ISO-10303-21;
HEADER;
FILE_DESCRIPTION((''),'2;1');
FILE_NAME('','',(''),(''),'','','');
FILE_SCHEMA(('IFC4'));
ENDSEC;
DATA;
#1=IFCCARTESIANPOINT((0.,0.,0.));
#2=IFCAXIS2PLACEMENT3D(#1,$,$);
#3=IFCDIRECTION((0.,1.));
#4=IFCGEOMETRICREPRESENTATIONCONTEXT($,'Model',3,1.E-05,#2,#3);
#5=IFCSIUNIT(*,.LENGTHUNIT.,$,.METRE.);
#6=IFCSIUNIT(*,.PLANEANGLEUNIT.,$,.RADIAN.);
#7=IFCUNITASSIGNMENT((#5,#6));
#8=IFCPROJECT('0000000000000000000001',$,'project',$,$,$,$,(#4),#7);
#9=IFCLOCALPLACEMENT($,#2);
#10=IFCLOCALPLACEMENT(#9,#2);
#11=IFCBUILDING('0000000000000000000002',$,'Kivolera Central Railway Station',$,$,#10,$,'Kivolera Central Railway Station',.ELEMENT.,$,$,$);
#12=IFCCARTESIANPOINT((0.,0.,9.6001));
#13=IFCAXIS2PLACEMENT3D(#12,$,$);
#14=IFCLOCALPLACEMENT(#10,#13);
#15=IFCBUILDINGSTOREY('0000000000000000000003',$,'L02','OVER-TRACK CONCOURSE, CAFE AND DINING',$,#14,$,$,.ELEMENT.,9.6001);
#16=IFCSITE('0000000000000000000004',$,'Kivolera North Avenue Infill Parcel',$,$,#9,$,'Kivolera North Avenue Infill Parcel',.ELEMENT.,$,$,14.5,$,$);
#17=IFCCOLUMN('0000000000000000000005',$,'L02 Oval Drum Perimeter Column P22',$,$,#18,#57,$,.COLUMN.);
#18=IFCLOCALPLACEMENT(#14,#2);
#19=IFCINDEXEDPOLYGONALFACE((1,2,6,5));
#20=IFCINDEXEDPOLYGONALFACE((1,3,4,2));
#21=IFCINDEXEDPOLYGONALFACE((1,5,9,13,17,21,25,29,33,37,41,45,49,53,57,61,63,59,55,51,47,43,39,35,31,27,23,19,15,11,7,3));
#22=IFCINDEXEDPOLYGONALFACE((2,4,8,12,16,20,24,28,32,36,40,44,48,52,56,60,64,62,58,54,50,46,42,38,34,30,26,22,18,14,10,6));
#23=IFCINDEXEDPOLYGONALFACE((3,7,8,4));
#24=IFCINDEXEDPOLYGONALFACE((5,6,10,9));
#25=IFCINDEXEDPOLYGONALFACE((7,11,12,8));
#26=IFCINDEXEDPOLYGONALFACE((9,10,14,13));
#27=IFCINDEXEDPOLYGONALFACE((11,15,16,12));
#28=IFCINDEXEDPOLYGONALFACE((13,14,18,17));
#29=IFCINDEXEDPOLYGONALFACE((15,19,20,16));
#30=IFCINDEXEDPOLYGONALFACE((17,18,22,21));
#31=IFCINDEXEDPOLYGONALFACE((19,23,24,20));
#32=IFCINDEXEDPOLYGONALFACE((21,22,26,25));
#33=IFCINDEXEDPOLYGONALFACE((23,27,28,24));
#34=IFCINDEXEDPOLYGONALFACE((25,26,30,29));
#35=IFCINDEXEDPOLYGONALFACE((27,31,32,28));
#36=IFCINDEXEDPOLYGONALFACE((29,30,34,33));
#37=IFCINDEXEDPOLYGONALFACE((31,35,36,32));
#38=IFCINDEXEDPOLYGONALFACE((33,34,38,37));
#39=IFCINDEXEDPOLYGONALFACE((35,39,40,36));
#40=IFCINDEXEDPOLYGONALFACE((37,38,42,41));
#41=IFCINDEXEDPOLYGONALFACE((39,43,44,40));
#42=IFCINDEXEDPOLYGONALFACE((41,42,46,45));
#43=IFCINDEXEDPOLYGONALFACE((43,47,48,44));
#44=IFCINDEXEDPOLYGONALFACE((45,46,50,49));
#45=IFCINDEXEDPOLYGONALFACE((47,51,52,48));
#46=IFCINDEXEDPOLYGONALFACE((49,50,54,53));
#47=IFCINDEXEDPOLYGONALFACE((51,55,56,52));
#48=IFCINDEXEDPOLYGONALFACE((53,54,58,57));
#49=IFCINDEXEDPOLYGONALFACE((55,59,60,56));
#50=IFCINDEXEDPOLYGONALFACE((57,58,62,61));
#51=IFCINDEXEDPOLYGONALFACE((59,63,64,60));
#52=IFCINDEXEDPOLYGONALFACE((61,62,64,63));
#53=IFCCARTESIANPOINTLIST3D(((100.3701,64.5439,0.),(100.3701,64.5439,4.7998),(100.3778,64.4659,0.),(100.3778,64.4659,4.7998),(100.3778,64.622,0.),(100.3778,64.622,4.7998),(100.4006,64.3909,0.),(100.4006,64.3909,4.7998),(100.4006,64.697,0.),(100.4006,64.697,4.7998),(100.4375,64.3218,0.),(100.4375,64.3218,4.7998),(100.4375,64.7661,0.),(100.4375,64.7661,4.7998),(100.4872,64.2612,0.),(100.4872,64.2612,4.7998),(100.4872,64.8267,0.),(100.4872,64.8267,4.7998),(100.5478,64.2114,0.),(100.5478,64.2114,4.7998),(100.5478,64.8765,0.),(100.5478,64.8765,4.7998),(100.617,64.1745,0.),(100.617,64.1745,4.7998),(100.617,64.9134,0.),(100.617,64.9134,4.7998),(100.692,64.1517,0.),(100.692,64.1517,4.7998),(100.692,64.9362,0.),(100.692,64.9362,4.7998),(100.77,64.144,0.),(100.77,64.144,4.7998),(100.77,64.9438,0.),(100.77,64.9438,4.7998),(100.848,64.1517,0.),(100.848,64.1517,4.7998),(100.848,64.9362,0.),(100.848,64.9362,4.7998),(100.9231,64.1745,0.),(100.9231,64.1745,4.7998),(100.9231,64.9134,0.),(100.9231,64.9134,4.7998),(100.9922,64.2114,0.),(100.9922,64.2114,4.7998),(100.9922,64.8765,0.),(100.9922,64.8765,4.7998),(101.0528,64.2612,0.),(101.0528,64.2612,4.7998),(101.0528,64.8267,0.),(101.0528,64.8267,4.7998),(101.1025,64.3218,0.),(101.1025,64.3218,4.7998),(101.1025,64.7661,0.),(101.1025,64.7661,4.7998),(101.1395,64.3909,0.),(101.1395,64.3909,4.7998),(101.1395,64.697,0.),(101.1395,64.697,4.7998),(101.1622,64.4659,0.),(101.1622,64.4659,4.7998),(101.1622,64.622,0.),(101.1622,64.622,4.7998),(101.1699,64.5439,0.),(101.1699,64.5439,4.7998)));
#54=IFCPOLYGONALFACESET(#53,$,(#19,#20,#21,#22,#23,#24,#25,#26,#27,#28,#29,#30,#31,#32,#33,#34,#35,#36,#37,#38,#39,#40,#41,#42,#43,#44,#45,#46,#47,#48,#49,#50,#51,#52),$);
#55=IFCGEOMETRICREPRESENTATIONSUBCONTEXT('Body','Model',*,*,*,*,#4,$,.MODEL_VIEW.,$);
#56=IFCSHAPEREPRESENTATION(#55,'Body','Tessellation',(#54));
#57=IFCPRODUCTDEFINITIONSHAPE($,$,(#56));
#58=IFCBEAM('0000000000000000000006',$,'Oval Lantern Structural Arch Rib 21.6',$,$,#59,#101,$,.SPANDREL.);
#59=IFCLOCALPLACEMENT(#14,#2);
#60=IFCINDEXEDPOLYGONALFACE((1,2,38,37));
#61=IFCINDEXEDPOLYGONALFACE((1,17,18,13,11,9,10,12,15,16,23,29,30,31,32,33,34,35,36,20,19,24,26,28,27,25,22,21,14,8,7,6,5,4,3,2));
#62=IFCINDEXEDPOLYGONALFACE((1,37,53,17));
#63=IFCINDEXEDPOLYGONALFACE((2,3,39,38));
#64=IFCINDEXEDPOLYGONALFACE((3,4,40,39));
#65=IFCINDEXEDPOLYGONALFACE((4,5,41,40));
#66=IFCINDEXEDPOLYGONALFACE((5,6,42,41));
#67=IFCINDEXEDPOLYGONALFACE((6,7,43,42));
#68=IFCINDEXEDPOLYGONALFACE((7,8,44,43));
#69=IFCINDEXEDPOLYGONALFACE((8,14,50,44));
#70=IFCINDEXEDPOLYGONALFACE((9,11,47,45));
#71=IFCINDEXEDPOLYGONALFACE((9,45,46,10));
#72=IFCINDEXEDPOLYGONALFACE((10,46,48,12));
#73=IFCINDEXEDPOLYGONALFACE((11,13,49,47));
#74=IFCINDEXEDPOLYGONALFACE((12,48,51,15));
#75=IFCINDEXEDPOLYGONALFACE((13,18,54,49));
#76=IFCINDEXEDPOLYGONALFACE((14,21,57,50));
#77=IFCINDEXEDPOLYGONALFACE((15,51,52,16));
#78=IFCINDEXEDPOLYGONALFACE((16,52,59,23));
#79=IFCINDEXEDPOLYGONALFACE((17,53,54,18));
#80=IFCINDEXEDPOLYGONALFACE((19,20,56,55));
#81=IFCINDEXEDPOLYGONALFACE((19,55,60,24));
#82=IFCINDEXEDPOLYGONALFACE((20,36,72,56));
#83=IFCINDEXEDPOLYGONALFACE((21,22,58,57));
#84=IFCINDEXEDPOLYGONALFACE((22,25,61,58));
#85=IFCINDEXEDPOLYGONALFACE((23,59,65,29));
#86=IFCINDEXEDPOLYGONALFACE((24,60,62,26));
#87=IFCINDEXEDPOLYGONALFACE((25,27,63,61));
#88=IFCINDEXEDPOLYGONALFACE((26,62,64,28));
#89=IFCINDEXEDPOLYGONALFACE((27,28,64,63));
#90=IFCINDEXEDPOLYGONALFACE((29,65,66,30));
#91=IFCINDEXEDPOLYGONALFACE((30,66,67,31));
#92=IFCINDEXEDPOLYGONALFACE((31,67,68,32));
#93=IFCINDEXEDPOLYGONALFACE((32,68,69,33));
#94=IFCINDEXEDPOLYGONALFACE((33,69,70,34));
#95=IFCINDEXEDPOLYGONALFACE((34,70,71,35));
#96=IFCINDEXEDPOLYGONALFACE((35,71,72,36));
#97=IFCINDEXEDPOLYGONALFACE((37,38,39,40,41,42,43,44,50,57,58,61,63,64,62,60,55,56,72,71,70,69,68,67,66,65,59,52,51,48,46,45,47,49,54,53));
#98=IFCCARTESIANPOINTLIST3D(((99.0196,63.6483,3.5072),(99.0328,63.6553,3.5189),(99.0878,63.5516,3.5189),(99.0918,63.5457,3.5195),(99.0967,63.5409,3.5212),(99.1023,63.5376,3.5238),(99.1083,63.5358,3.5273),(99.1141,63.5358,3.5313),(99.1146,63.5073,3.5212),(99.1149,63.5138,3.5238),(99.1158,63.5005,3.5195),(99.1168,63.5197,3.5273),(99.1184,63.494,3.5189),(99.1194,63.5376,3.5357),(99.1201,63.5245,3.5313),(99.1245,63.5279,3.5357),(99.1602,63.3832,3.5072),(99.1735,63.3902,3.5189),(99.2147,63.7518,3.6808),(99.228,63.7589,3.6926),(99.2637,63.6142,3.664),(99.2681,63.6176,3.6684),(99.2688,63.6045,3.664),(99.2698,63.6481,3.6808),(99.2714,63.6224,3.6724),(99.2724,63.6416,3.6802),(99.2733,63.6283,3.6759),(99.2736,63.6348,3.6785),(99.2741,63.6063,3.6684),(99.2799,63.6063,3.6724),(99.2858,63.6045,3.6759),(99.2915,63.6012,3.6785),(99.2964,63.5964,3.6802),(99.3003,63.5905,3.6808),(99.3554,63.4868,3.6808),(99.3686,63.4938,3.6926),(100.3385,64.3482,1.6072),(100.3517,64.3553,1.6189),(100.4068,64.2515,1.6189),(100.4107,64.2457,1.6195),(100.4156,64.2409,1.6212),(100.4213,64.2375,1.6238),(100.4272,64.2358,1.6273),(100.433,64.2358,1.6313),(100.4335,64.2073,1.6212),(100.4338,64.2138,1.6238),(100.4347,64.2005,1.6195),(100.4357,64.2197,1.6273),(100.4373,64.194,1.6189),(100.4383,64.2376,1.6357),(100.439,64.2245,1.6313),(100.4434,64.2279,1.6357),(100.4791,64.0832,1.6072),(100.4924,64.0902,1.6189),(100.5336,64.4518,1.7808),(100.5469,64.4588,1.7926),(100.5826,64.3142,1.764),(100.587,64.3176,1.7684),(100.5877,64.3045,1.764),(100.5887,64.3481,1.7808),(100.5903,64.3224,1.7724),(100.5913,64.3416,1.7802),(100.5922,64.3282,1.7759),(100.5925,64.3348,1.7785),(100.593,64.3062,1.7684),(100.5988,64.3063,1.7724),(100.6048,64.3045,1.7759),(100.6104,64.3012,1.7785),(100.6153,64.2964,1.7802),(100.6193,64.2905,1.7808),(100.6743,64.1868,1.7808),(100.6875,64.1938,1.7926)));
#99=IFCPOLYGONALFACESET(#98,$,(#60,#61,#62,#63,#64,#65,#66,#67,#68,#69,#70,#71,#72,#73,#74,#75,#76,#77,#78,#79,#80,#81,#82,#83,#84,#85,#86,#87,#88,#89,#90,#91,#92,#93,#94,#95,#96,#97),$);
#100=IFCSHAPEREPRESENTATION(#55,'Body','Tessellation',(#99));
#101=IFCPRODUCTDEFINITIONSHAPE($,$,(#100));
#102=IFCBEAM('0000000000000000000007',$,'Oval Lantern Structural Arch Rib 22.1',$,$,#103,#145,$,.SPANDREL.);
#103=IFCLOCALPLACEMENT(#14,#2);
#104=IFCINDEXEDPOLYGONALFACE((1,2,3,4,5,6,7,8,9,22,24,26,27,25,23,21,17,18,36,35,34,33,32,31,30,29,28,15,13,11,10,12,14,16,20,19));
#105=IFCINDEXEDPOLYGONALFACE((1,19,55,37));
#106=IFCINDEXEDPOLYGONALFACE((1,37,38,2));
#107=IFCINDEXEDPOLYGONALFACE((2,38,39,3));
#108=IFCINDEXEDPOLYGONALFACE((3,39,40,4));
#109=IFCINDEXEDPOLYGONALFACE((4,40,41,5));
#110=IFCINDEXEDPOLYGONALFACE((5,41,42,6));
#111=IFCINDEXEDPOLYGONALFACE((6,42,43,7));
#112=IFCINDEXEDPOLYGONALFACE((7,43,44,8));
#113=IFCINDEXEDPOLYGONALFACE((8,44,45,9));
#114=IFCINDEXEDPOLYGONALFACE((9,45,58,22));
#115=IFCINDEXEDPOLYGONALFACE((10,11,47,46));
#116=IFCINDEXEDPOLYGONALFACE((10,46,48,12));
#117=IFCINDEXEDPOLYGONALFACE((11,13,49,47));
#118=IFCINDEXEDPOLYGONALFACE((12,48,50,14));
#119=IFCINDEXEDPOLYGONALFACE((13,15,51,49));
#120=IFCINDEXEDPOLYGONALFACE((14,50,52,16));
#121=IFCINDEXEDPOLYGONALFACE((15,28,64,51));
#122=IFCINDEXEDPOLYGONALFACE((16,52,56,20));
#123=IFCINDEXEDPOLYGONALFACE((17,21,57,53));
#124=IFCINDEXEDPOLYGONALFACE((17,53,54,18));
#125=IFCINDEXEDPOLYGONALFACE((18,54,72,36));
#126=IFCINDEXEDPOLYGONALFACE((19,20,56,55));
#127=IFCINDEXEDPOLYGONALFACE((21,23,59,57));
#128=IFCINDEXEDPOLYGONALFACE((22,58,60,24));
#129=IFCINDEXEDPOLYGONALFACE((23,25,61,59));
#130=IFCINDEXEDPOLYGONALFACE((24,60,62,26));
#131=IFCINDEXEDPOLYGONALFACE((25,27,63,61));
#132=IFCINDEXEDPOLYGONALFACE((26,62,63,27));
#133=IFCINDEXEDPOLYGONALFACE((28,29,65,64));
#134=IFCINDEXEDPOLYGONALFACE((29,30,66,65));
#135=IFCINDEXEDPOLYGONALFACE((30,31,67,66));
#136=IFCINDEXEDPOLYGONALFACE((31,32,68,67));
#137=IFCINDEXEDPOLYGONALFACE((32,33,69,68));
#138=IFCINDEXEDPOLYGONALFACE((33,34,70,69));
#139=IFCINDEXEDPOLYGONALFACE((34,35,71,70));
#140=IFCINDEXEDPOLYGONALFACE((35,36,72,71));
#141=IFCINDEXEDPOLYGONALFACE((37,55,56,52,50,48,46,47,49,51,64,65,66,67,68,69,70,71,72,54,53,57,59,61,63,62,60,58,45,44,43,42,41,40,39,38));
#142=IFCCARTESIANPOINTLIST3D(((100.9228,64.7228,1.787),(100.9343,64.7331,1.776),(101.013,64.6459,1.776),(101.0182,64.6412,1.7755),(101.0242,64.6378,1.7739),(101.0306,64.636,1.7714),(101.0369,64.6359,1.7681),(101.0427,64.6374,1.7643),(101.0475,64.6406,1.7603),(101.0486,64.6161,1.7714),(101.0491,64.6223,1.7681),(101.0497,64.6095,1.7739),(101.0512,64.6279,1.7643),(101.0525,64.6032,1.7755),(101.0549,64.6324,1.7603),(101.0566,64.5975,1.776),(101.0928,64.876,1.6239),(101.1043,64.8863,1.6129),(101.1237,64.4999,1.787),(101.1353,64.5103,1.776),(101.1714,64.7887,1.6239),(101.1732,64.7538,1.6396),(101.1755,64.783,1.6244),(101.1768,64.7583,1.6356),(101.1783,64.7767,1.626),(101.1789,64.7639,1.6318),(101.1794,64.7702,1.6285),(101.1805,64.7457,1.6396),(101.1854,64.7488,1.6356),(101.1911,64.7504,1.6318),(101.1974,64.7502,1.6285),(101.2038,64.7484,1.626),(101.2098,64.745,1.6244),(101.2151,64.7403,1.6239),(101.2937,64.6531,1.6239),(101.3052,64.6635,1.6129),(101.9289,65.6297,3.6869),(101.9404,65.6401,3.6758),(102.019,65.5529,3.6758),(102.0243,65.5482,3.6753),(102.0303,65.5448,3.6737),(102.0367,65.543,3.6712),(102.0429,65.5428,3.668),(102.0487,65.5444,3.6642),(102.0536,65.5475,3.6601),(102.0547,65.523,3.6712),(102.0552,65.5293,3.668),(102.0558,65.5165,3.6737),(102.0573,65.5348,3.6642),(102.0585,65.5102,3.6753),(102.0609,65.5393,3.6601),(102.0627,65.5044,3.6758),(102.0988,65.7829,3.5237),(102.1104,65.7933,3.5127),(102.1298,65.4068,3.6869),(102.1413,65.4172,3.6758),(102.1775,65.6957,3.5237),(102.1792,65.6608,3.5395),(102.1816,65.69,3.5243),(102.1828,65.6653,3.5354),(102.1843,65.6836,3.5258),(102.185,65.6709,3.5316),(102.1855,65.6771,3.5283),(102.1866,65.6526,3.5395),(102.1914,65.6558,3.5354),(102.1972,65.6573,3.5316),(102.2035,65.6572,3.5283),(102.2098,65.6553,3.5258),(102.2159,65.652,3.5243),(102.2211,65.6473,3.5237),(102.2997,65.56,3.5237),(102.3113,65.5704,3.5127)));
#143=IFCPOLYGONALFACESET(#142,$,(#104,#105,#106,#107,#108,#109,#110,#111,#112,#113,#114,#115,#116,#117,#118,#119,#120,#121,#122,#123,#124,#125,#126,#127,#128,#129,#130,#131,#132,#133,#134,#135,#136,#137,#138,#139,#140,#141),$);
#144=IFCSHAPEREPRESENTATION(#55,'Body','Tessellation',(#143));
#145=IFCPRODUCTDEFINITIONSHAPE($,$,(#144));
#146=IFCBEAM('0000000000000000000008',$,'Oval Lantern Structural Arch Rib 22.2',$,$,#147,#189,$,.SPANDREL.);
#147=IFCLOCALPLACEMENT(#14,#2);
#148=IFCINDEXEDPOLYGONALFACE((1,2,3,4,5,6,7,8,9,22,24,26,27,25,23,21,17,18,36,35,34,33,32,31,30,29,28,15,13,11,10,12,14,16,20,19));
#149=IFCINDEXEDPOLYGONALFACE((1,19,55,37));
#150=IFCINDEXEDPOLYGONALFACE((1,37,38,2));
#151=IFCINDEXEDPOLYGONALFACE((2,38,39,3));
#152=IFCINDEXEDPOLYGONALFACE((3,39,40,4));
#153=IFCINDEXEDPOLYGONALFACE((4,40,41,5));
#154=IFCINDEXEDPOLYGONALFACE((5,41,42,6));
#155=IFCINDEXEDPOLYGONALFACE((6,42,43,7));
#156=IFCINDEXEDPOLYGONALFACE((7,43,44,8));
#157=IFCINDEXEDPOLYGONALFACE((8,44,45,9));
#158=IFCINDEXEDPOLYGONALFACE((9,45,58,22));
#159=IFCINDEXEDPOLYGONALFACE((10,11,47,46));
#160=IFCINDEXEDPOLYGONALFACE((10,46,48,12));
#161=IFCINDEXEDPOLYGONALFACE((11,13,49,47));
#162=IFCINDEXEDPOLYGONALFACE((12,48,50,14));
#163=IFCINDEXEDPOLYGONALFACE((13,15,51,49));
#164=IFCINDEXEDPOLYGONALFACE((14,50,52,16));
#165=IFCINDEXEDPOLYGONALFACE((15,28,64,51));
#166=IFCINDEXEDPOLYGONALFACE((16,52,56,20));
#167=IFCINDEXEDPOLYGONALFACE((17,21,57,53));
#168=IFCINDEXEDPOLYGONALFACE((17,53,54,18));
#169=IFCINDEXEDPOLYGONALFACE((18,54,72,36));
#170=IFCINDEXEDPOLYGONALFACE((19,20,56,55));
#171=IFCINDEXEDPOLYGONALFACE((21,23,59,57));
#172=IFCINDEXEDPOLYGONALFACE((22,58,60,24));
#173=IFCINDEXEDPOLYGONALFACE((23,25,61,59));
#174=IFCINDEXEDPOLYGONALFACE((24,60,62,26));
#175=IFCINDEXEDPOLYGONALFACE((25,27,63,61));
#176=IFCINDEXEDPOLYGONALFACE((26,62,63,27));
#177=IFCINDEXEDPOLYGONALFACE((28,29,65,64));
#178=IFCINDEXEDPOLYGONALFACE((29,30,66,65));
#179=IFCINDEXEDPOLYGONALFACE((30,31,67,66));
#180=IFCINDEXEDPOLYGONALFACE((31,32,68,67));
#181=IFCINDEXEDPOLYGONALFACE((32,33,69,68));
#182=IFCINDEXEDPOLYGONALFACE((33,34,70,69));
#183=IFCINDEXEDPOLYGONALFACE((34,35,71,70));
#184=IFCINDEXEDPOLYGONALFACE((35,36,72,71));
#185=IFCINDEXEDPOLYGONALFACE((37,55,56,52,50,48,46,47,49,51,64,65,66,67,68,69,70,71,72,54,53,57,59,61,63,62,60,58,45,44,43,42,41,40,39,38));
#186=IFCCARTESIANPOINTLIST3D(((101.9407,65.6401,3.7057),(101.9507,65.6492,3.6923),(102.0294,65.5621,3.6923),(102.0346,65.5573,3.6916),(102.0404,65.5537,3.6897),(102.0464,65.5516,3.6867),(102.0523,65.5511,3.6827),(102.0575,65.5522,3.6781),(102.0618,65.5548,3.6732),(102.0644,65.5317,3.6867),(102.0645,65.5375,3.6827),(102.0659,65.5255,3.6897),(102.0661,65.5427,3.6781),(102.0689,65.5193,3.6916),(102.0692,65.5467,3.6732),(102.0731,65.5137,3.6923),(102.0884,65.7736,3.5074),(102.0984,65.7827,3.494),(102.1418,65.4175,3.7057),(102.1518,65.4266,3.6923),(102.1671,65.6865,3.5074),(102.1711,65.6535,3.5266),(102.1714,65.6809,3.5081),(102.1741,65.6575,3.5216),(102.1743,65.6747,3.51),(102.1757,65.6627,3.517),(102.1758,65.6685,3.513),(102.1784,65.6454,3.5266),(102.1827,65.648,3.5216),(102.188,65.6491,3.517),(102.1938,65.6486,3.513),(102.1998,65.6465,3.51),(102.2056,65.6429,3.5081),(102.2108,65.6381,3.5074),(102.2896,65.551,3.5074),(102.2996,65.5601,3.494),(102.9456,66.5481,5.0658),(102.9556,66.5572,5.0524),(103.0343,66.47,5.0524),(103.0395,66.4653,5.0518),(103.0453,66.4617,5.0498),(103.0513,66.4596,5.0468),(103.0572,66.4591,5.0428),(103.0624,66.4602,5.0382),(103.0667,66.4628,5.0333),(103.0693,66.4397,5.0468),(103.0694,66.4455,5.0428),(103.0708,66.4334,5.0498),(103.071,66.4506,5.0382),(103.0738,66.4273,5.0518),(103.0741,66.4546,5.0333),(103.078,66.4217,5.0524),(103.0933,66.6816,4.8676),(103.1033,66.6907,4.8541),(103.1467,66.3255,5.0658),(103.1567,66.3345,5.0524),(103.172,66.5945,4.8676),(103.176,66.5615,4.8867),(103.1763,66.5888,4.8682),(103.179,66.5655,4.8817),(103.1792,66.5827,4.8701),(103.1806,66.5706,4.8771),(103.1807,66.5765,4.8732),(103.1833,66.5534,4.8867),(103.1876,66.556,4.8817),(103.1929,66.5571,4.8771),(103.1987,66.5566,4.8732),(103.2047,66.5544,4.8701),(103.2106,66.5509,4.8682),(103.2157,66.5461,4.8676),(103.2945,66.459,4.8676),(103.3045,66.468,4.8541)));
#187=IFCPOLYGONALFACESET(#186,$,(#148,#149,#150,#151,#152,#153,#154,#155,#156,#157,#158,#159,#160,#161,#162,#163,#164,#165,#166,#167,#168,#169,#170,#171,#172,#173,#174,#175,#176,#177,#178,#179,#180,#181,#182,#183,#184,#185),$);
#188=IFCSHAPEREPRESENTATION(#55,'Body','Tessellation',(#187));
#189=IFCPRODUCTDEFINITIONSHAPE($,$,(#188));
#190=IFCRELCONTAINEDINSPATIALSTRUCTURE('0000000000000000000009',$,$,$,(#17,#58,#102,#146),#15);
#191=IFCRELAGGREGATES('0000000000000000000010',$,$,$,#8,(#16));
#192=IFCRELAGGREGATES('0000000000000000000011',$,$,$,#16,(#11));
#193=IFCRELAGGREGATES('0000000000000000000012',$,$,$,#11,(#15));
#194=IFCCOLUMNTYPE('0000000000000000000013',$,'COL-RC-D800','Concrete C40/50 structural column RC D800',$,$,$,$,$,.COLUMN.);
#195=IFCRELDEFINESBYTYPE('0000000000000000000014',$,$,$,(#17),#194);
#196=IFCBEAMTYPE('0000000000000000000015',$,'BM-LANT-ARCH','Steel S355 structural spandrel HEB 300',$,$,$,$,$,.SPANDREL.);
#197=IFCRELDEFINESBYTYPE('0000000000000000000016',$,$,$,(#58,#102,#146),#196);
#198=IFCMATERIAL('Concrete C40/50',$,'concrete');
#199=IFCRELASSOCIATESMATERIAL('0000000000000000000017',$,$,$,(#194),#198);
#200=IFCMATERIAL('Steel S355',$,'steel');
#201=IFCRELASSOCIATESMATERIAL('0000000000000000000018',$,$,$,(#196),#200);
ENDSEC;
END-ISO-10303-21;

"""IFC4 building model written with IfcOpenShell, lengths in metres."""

from ifc_helpers import new_model, si_unit, direction, frame, origin, origin_2d, place, context, subcontext, project, spatial, circle, i_section, extrude, material, material_profile, profile_set, type_object, element, save


model = new_model("IFC4")

# Units and contexts
model_context = context("Model", 3, precision=1e-05, world=origin(), true_north=direction((0.0, 1.0)))
body_context = subcontext(model_context, "Body", "Model", "MODEL_VIEW")
ifc_project = project(units=[si_unit("LENGTHUNIT", "METRE"), si_unit("PLANEANGLEUNIT", "RADIAN")], contexts=[model_context])

# Site, building, storey
site_placement = place(None, origin())
site = spatial("IfcSite", under=ifc_project, at=site_placement, Name="Kivolera North Avenue Infill Parcel", LongName="Kivolera North Avenue Infill Parcel", CompositionType="ELEMENT", RefElevation=14.5)
building_placement = place(site_placement, origin())
building = spatial("IfcBuilding", under=site, at=building_placement, Name="Kivolera Central Railway Station", LongName="Kivolera Central Railway Station", CompositionType="ELEMENT")
storey_placement = place(building_placement, frame((0.0, 0.0, 9.6001)))
storey = spatial("IfcBuildingStorey", under=building, at=storey_placement, Name="L02", Description="OVER-TRACK CONCOURSE, CAFE AND DINING", CompositionType="ELEMENT", Elevation=9.6001)

# Column
ifc_material_1 = material(Name="Concrete C40/50", Category="concrete")
ifc_material_profile_1 = material_profile(ifc_material_1, circle(Radius=0.3999, at=origin_2d()), Name="RC D800")
ifc_profile_set_1 = profile_set([ifc_material_profile_1], Name="Concrete C40/50")
column_type = type_object("IfcColumnType", Name="COL-RC-D800", Description="Concrete C40/50 structural column RC D800", PredefinedType="COLUMN", material=ifc_profile_set_1)
column_placement = place(storey_placement, frame((100.77, 64.5439, 0.0), z_axis=(0.0, 0.0, 1.0), x_axis=(1.0, 0.0, 0.0)))
element("IfcColumn", 1, at=column_placement, inside=storey, type_object=column_type, Name="L02 Oval Drum Perimeter Column P22", PredefinedType="COLUMN", context=body_context, shape_type="SweptSolid", body=[
    extrude(circle(Radius=0.3999, at=origin_2d()), origin(), (0.0, 0.0, 1.0), 4.7998),
])

# Beams
ifc_material_2 = material(Name="Steel S355", Category="steel")
ifc_material_profile_2 = material_profile(ifc_material_2, i_section(OverallWidth=0.3, OverallDepth=0.3, WebThickness=0.011, FlangeThickness=0.019, FilletRadius=0.0271, at=origin_2d()), Name="HEB 300")
ifc_profile_set_2 = profile_set([ifc_material_profile_2], Name="Steel S355")
beam_type = type_object("IfcBeamType", Name="BM-LANT-ARCH", Description="Steel S355 structural spandrel HEB 300", PredefinedType="SPANDREL", material=ifc_profile_set_2)
beam_1_placement = place(storey_placement, frame((99.1941, 63.571, 3.5999), z_axis=(0.545794, 0.289669, -0.786258), x_axis=(-0.468797, 0.883306, 0.0)))
element("IfcBeam", 2, at=beam_1_placement, inside=storey, type_object=beam_type, Name="Oval Lantern Structural Arch Rib 21.6", PredefinedType="SPANDREL", context=body_context, shape_type="SweptSolid", body=[
    extrude(i_section(OverallWidth=0.3, OverallDepth=0.3, WebThickness=0.011, FlangeThickness=0.019, FilletRadius=0.0271, at=origin_2d()), origin(), (0.0, 0.0, 1.0), 2.4165),
])
beam_2_placement = place(storey_placement, frame((101.114, 64.6931, 1.7), z_axis=(0.431185, 0.388705, 0.81424), x_axis=(-0.669572, 0.742747, 0.0)))
element("IfcBeam", 3, at=beam_2_placement, inside=storey, type_object=beam_type, Name="Oval Lantern Structural Arch Rib 22.1", PredefinedType="SPANDREL", context=body_context, shape_type="SweptSolid", body=[
    extrude(i_section(OverallWidth=0.3, OverallDepth=0.3, WebThickness=0.011, FlangeThickness=0.019, FilletRadius=0.0271, at=origin_2d()), origin(), (0.0, 0.0, 1.0), 2.3333),
])
beam_3_placement = place(storey_placement, frame((102.1201, 65.6001, 3.5999), z_axis=(0.523542, 0.473045, 0.708613), x_axis=(-0.670418, 0.741984, 0.0)))
element("IfcBeam", 4, at=beam_3_placement, inside=storey, type_object=beam_type, Name="Oval Lantern Structural Arch Rib 22.2", PredefinedType="SPANDREL", context=body_context, shape_type="SweptSolid", body=[
    extrude(i_section(OverallWidth=0.3, OverallDepth=0.3, WebThickness=0.011, FlangeThickness=0.019, FilletRadius=0.0271, at=origin_2d()), origin(), (0.0, 0.0, 1.0), 1.9194),
])

save(model, "model.ifc")
